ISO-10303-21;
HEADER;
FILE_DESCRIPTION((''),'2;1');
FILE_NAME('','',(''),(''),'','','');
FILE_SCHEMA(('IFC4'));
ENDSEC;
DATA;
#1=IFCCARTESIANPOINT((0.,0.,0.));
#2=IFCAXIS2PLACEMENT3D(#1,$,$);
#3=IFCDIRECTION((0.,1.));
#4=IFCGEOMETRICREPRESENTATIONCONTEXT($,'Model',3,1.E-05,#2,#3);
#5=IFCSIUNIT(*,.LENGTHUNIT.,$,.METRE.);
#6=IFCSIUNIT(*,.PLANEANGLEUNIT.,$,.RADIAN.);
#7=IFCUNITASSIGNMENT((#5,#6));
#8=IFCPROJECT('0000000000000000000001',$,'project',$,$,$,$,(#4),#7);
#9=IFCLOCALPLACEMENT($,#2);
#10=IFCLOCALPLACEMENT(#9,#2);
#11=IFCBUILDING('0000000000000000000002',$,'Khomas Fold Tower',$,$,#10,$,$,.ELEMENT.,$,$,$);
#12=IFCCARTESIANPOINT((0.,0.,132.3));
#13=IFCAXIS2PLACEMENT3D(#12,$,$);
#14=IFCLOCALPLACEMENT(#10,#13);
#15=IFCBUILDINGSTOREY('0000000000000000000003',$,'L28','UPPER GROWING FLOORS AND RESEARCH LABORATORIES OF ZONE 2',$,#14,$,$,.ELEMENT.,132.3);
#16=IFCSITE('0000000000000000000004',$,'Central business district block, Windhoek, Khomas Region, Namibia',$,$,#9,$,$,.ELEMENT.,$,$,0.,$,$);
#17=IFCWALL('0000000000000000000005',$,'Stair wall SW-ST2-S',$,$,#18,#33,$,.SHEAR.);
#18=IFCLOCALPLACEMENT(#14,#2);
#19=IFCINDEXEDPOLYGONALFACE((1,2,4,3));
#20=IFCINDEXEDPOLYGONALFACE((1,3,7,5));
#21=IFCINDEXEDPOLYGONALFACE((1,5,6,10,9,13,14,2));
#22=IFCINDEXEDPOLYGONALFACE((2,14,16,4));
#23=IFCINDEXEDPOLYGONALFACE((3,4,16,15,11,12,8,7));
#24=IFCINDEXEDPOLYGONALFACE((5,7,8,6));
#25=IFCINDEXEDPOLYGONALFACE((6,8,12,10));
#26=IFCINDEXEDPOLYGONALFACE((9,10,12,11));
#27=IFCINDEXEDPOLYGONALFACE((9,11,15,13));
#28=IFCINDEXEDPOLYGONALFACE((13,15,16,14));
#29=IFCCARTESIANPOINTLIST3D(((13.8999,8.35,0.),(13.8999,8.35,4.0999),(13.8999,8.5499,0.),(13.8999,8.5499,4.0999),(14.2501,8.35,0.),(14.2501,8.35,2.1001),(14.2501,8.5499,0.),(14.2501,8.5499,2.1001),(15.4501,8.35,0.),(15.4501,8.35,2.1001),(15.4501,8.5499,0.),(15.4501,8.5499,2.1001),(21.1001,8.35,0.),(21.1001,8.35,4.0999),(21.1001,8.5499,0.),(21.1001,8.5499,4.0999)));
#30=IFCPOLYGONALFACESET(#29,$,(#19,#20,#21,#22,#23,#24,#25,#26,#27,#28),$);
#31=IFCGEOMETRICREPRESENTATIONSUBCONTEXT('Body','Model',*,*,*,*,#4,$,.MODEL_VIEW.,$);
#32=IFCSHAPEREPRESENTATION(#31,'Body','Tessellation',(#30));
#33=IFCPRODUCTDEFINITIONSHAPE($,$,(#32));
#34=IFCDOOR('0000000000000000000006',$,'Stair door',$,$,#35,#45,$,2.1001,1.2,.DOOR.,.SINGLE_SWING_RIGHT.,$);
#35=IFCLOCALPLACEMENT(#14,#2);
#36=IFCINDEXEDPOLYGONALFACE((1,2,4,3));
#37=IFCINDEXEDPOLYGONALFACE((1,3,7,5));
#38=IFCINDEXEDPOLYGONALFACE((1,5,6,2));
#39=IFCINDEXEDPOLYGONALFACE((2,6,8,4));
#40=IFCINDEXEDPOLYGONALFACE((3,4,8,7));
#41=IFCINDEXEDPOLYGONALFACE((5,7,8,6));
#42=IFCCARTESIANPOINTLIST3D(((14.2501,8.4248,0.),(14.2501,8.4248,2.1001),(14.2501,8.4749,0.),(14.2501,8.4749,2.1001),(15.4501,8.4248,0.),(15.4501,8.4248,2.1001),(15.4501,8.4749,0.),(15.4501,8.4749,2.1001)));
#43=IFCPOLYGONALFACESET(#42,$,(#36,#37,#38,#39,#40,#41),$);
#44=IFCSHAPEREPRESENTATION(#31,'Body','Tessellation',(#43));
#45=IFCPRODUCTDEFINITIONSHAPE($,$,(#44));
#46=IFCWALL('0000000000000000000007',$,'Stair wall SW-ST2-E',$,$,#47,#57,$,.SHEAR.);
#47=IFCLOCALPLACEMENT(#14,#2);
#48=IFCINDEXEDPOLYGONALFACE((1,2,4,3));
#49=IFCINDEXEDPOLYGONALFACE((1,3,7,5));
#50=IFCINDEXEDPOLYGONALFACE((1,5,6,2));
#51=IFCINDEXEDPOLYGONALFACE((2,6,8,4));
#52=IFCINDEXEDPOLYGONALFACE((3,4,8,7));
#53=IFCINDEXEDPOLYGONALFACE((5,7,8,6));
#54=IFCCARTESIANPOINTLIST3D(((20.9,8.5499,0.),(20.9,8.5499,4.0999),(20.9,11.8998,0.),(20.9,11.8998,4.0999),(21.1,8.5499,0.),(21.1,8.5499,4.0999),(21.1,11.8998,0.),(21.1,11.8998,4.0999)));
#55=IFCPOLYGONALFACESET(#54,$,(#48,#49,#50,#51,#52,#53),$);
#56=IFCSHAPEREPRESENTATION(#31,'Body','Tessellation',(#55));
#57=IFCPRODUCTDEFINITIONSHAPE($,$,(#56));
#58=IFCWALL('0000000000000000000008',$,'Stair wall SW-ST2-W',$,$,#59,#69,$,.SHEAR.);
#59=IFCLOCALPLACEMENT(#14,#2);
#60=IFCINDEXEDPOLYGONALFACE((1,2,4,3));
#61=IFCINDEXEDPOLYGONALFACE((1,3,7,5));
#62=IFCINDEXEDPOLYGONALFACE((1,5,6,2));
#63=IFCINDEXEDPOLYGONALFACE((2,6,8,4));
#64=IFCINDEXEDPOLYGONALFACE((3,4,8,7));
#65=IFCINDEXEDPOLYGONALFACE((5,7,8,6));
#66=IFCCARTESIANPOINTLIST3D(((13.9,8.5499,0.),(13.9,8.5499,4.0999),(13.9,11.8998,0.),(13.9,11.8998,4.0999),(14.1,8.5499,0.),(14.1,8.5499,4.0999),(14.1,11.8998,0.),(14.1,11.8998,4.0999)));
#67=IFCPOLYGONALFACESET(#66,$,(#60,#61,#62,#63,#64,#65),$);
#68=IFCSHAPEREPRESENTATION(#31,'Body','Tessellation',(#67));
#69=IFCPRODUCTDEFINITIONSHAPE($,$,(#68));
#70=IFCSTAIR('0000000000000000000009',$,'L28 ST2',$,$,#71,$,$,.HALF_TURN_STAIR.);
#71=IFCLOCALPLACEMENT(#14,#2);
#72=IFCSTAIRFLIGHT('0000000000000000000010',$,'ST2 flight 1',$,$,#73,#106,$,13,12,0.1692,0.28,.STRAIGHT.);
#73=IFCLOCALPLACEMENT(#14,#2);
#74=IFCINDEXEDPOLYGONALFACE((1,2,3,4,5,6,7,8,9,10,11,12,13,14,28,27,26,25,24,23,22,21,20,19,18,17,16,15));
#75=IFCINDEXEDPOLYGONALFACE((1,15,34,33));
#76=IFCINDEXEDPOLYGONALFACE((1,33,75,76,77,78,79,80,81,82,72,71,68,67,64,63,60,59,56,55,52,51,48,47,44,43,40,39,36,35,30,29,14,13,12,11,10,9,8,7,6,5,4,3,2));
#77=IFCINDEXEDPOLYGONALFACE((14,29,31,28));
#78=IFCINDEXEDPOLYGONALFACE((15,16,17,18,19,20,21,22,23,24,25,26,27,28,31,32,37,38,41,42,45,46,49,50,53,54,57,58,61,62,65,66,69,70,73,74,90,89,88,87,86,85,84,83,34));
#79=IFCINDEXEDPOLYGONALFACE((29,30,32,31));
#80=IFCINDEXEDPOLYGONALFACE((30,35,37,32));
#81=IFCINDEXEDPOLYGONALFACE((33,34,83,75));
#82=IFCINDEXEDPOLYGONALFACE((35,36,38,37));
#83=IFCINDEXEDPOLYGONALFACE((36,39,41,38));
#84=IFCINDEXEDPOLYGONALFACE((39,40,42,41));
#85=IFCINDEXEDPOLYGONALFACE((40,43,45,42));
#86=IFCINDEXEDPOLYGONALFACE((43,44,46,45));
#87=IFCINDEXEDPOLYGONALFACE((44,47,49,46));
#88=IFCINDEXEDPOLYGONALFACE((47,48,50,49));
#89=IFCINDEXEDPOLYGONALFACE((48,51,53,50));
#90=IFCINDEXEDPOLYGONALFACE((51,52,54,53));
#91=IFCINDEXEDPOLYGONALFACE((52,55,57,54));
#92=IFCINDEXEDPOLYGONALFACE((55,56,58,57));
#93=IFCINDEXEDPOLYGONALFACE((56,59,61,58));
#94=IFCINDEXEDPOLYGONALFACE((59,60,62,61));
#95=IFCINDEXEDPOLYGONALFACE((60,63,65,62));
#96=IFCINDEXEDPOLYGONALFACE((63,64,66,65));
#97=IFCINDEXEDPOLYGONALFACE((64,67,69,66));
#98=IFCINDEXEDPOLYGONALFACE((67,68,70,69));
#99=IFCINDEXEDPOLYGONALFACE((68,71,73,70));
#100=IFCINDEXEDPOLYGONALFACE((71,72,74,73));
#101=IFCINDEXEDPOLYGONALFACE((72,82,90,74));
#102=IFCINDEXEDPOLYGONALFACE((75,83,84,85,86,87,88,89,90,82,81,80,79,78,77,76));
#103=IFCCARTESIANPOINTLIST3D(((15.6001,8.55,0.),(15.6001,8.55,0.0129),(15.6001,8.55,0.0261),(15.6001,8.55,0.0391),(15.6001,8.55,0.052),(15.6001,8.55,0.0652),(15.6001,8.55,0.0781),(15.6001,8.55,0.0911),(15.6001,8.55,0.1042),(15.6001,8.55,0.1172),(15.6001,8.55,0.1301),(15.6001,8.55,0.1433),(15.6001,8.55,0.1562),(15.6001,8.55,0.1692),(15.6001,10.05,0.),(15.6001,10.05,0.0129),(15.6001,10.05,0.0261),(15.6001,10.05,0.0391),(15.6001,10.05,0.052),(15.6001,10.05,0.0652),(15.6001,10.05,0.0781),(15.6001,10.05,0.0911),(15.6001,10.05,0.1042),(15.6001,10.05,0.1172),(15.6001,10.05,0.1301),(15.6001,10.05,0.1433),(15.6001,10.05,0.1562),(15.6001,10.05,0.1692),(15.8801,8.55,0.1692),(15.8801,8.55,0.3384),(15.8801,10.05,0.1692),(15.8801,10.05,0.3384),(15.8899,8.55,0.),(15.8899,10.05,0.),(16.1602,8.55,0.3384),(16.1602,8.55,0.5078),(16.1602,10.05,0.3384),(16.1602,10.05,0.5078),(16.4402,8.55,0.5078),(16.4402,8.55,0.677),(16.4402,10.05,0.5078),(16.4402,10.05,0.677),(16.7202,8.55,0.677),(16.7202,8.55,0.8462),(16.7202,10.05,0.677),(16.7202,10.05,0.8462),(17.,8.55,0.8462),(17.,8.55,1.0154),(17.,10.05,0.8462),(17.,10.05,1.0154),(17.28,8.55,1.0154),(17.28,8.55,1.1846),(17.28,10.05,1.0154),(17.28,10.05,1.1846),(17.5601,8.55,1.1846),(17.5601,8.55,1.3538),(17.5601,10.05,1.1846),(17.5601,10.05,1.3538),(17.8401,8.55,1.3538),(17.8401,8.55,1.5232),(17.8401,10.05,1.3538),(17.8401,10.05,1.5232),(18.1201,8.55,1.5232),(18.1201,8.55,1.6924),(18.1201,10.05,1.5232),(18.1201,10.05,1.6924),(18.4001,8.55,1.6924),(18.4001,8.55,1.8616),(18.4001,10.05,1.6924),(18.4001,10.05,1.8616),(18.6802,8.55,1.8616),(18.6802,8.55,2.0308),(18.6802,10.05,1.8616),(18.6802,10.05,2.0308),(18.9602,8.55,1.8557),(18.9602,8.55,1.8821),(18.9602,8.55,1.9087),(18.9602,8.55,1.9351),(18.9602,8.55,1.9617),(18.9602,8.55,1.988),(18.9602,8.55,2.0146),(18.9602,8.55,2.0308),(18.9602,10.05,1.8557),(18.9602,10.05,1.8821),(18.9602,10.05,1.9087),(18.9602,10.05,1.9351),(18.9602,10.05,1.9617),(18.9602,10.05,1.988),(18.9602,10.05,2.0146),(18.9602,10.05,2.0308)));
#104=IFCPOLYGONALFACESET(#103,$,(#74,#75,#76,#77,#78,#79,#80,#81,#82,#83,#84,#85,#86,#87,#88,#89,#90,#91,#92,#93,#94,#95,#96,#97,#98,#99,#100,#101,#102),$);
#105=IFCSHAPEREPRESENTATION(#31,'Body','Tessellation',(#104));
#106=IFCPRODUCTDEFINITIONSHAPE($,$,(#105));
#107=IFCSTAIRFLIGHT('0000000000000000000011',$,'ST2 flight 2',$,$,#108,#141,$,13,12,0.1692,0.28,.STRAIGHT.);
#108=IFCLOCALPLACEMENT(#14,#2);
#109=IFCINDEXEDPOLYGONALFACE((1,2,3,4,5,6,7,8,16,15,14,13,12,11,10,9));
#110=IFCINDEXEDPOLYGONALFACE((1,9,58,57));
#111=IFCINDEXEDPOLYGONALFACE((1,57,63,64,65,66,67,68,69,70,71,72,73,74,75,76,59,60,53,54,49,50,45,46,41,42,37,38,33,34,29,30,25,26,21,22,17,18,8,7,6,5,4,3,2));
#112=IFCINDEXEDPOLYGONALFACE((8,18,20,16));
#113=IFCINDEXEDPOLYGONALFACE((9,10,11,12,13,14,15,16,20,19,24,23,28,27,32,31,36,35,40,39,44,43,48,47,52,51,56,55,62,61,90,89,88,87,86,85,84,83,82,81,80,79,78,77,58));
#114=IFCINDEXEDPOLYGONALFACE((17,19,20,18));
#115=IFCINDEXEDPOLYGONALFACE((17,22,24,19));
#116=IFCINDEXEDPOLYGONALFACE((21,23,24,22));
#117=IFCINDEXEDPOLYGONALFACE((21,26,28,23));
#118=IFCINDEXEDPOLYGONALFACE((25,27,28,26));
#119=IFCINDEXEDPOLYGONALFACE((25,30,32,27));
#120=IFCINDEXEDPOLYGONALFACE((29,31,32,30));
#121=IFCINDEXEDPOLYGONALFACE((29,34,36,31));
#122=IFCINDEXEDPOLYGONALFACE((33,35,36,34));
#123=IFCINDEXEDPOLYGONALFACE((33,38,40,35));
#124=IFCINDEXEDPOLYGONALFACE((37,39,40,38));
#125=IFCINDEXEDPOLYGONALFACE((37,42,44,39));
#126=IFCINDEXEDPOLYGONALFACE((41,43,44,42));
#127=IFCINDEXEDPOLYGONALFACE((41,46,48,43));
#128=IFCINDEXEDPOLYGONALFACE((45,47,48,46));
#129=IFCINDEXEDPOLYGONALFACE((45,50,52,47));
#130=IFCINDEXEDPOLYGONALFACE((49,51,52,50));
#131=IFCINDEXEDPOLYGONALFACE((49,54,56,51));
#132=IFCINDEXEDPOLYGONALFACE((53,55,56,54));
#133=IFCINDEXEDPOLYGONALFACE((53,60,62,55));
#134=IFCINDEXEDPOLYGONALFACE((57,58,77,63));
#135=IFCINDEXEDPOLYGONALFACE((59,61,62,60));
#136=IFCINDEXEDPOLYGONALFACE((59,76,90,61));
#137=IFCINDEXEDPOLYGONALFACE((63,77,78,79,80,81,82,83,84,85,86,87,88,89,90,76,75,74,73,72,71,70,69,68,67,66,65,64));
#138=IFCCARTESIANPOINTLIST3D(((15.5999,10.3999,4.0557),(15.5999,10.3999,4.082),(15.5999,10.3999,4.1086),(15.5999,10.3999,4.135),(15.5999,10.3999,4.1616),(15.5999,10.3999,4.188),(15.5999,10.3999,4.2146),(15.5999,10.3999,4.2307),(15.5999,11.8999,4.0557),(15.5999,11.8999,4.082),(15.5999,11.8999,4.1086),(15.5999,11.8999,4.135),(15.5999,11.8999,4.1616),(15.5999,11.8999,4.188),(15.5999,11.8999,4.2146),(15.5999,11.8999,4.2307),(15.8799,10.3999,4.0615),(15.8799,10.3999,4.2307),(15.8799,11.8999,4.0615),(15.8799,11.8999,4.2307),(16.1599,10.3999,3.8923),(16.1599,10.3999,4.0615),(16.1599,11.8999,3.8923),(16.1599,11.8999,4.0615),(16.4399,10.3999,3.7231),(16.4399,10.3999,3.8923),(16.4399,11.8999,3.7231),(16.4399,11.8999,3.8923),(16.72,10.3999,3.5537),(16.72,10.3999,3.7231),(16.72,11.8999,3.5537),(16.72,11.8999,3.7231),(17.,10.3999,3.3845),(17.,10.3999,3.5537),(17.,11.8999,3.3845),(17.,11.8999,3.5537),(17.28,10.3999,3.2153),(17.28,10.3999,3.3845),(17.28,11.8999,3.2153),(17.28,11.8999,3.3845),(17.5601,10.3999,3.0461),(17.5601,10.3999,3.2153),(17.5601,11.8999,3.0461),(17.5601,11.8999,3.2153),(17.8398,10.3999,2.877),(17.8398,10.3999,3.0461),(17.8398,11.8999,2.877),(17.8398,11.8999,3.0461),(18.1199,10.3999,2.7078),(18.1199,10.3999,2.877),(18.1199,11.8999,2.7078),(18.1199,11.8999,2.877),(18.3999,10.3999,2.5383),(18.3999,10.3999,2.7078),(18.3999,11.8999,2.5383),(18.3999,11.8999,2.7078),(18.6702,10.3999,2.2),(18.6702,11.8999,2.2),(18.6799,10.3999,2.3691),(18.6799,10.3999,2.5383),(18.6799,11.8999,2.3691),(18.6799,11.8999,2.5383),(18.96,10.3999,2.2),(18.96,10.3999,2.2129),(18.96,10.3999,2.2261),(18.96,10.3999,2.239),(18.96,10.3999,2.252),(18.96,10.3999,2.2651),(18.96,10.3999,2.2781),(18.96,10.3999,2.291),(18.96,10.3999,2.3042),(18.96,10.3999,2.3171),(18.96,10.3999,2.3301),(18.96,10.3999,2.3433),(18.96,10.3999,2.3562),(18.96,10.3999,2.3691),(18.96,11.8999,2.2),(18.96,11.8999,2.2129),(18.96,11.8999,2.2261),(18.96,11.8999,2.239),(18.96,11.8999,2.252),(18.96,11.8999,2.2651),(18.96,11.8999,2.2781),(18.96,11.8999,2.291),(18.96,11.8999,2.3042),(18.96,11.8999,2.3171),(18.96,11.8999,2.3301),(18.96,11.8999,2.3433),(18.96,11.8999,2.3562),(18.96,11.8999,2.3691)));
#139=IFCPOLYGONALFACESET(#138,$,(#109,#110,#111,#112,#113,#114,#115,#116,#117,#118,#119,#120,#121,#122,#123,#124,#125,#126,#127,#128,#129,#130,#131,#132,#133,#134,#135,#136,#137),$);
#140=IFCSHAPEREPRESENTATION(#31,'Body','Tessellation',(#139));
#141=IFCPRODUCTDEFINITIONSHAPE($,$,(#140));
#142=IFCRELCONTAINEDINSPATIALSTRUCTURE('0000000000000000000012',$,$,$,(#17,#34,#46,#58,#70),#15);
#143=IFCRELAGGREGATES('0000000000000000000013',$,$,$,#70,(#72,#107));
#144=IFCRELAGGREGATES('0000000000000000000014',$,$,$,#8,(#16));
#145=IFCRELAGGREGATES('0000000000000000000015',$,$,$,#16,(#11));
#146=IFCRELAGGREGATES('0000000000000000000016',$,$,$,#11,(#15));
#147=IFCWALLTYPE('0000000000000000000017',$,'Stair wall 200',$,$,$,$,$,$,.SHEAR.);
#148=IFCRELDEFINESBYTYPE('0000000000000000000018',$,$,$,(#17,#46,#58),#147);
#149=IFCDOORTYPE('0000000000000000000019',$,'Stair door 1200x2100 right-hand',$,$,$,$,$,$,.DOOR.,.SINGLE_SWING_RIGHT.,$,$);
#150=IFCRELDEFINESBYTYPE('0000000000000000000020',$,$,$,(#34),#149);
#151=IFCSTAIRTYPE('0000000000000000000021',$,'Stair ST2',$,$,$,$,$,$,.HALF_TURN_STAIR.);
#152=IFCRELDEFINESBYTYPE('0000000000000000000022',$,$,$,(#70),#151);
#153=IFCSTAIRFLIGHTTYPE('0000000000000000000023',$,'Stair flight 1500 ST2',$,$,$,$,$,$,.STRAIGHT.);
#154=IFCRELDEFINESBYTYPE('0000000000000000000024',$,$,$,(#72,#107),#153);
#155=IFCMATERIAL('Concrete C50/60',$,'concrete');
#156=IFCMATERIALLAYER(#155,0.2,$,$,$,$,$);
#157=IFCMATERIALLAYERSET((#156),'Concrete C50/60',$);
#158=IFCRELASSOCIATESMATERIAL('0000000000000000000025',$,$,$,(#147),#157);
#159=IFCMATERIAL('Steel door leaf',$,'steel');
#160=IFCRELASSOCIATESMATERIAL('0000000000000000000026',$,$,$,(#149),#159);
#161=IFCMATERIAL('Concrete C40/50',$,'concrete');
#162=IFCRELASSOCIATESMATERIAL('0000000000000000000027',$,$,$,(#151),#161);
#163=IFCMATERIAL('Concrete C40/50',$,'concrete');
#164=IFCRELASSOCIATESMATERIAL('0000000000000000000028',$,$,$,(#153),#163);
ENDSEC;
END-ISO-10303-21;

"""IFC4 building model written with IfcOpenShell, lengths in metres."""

from ifc_helpers import new_model, si_unit, direction, frame, frame_2d, origin, place, context, subcontext, project, spatial, polyline, rectangle, outline, extrude, source, transform, mapped, material, layer, layer_set, type_object, element, fill, aggregate, save


model = new_model("IFC4")

# Units and contexts
model_context = context("Model", 3, precision=1e-05, world=origin(), true_north=direction((0.0, 1.0)))
body_context = subcontext(model_context, "Body", "Model", "MODEL_VIEW")
ifc_project = project(units=[si_unit("LENGTHUNIT", "METRE"), si_unit("PLANEANGLEUNIT", "RADIAN")], contexts=[model_context])

# Site, building, storey
site_placement = place(None, origin())
site = spatial("IfcSite", under=ifc_project, at=site_placement, Name="Central business district block, Windhoek, Khomas Region, Namibia", CompositionType="ELEMENT", RefElevation=0.0)
building_placement = place(site_placement, origin())
building = spatial("IfcBuilding", under=site, at=building_placement, Name="Khomas Fold Tower", CompositionType="ELEMENT")
storey_placement = place(building_placement, frame((0.0, 0.0, 132.3)))
storey = spatial("IfcBuildingStorey", under=building, at=storey_placement, Name="L28", Description="UPPER GROWING FLOORS AND RESEARCH LABORATORIES OF ZONE 2", CompositionType="ELEMENT", Elevation=132.3)

# Shared definitions
ifc_material_1 = material(Name="Concrete C50/60", Category="concrete")
ifc_layer_1 = layer(ifc_material_1, 0.2)
ifc_layer_set_1 = layer_set([ifc_layer_1], Name="Concrete C50/60")
wall_type_1 = type_object("IfcWallType", Name="Stair wall 200", PredefinedType="SHEAR", material=ifc_layer_set_1)

# Wall, opening, door
shared_shape_1 = source(origin(), body_context, "Body", "SweptSolid", [
    extrude(rectangle(XDim=7.2002, YDim=0.2, at=frame_2d((3.6001, 0.0))), origin(), (0.0, 0.0, 1.0), 4.0999),
])
wall_1_placement = place(storey_placement, frame((13.8999, 8.45, 0.0), z_axis=(0.0, 0.0, 1.0), x_axis=(1.0, 0.0, 0.0)))
wall_1 = element("IfcWall", 1, at=wall_1_placement, inside=storey, type_object=wall_type_1, Name="Stair wall SW-ST2-S", PredefinedType="SHEAR", context=body_context, shape_type="MappedRepresentation", body=[
    mapped(shared_shape_1, transform((0.0, 0.0, 0.0))),
])
shared_shape_2 = source(origin(), body_context, "Body", "SweptSolid", [
    extrude(rectangle(XDim=1.2, YDim=2.1001, at=frame_2d((0.6001, 1.05))), frame((0.0, 0.1099, 0.0), z_axis=(0.0, -1.0, 0.0), x_axis=(1.0, 0.0, 0.0)), (0.0, 0.0, 1.0), 0.22),
])
opening_1_placement = place(wall_1_placement, frame((0.3501, 0.0, 0.0)))
opening_1 = element("IfcOpeningElement", 2, at=opening_1_placement, cuts=wall_1, PredefinedType="OPENING", context=body_context, shape_type="MappedRepresentation", body=[
    mapped(shared_shape_2, transform((0.0, 0.0, 0.0))),
])
ifc_material_2 = material(Name="Steel door leaf", Category="steel")
door_type_1 = type_object("IfcDoorType", Name="Stair door 1200x2100 right-hand", OperationType="SINGLE_SWING_RIGHT", PredefinedType="DOOR", material=ifc_material_2)
shared_shape_3 = source(origin(), body_context, "Body", "SweptSolid", [
    extrude(rectangle(XDim=1.2, YDim=2.1001, at=frame_2d((0.6001, 1.05))), frame((0.0, 0.0249, 0.0), z_axis=(0.0, -1.0, 0.0), x_axis=(1.0, 0.0, 0.0)), (0.0, 0.0, 1.0), 0.05),
])
door_1_placement = place(opening_1_placement, origin())
door_1 = element("IfcDoor", 3, at=door_1_placement, inside=storey, type_object=door_type_1, Name="Stair door", OperationType="SINGLE_SWING_RIGHT", OverallHeight=2.1001, OverallWidth=1.2, PredefinedType="DOOR", context=body_context, shape_type="MappedRepresentation", body=[
    mapped(shared_shape_3, transform((0.0, 0.0, 0.0))),
])
fill(opening_1, door_1)

# Walls
shared_shape_4 = source(origin(), body_context, "Body", "SweptSolid", [
    extrude(rectangle(XDim=3.3499, YDim=0.2, at=frame_2d((1.6748, 0.0))), origin(), (0.0, 0.0, 1.0), 4.0999),
])
for number, where, z_axis, x_axis, name in (
    (4, (21.0, 8.55, 0.0), (0.0, 0.0, 1.0), (0.0, 1.0, 0.0), "Stair wall SW-ST2-E"),
    (5, (14.0, 8.55, 0.0), (0.0, 0.0, 1.0), (0.0, 1.0, 0.0), "Stair wall SW-ST2-W"),
):
    element("IfcWall", number, at=place(storey_placement, frame(where, z_axis=z_axis, x_axis=x_axis)), inside=storey, type_object=wall_type_1, Name=name, PredefinedType="SHEAR", context=body_context, shape_type="MappedRepresentation", body=[
        mapped(shared_shape_4, transform((0.0, 0.0, 0.0))),
    ])

# Stair, stair flights
ifc_material_3 = material(Name="Concrete C40/50", Category="concrete")
stair_type = type_object("IfcStairType", Name="Stair ST2", PredefinedType="HALF_TURN_STAIR", material=ifc_material_3)
stair_placement = place(storey_placement, origin())
stair = element("IfcStair", 6, at=stair_placement, inside=storey, type_object=stair_type, Name="L28 ST2", PredefinedType="HALF_TURN_STAIR")
ifc_material_4 = material(Name="Concrete C40/50", Category="concrete")
stair_flight_type = type_object("IfcStairFlightType", Name="Stair flight 1500 ST2", PredefinedType="STRAIGHT", material=ifc_material_4)
shared_shape_5 = source(origin(), body_context, "Body", "SweptSolid", [
    extrude(outline(polyline([(0.0, 0.0), (0.0, 0.0129), (0.0, 0.0261), (0.0, 0.0391), (0.0, 0.052), (0.0, 0.0652), (0.0, 0.0781), (0.0, 0.0911), (0.0, 0.1042), (0.0, 0.1172), (0.0, 0.1301), (0.0, 0.1433), (0.0, 0.1562), (0.0, 0.1692), (0.28, 0.1692), (0.28, 0.3384), (0.5601, 0.3384), (0.5601, 0.5078), (0.8401, 0.5078), (0.8401, 0.677), (1.1201, 0.677), (1.1201, 0.8462), (1.3999, 0.8462), (1.3999, 1.0154), (1.6799, 1.0154), (1.6799, 1.1846), (1.96, 1.1846), (1.96, 1.3538), (2.24, 1.3538), (2.24, 1.5232), (2.52, 1.5232), (2.52, 1.6924), (2.8, 1.6924), (2.8, 1.8616), (3.0801, 1.8616), (3.0801, 2.0308), (3.3601, 2.0308), (3.3601, 2.2), (3.3601, 2.1736), (3.3601, 2.147), (3.3601, 2.1206), (3.3601, 2.094), (3.3601, 2.0676), (3.3601, 2.041), (3.3601, 2.0146), (3.3601, 1.988), (3.3601, 1.9617), (3.3601, 1.9351), (3.3601, 1.9087), (3.3601, 1.8821), (3.3601, 1.8557), (0.2898, 0.0), (0.0, 0.0)])), frame((0.0, 0.75, 0.0), z_axis=(0.0, -1.0, 0.0), x_axis=(1.0, 0.0, 0.0)), (0.0, 0.0, 1.0), 1.5),
])
stair_flight_1_placement = place(storey_placement, frame((15.6001, 9.3, 0.0), z_axis=(0.0, 0.0, 1.0), x_axis=(1.0, 0.0, 0.0)))
stair_flight_1 = element("IfcStairFlight", 7, at=stair_flight_1_placement, type_object=stair_flight_type, Name="ST2 flight 1", NumberOfRisers=13, NumberOfTreads=12, PredefinedType="STRAIGHT", RiserHeight=0.1692, TreadLength=0.28, context=body_context, shape_type="MappedRepresentation", body=[
    mapped(shared_shape_5, transform((0.0, 0.0, 0.0))),
])
stair_flight_2_placement = place(storey_placement, frame((18.96, 11.1499, 2.2), z_axis=(0.0, 0.0, 1.0), x_axis=(-1.0, 0.0, 0.0)))
stair_flight_2 = element("IfcStairFlight", 8, at=stair_flight_2_placement, type_object=stair_flight_type, Name="ST2 flight 2", NumberOfRisers=13, NumberOfTreads=12, PredefinedType="STRAIGHT", RiserHeight=0.1692, TreadLength=0.28, context=body_context, shape_type="MappedRepresentation", body=[
    mapped(shared_shape_5, transform((0.0, 0.0, 0.0))),
])
aggregate(stair, [stair_flight_1, stair_flight_2])

save(model, "model.ifc")
